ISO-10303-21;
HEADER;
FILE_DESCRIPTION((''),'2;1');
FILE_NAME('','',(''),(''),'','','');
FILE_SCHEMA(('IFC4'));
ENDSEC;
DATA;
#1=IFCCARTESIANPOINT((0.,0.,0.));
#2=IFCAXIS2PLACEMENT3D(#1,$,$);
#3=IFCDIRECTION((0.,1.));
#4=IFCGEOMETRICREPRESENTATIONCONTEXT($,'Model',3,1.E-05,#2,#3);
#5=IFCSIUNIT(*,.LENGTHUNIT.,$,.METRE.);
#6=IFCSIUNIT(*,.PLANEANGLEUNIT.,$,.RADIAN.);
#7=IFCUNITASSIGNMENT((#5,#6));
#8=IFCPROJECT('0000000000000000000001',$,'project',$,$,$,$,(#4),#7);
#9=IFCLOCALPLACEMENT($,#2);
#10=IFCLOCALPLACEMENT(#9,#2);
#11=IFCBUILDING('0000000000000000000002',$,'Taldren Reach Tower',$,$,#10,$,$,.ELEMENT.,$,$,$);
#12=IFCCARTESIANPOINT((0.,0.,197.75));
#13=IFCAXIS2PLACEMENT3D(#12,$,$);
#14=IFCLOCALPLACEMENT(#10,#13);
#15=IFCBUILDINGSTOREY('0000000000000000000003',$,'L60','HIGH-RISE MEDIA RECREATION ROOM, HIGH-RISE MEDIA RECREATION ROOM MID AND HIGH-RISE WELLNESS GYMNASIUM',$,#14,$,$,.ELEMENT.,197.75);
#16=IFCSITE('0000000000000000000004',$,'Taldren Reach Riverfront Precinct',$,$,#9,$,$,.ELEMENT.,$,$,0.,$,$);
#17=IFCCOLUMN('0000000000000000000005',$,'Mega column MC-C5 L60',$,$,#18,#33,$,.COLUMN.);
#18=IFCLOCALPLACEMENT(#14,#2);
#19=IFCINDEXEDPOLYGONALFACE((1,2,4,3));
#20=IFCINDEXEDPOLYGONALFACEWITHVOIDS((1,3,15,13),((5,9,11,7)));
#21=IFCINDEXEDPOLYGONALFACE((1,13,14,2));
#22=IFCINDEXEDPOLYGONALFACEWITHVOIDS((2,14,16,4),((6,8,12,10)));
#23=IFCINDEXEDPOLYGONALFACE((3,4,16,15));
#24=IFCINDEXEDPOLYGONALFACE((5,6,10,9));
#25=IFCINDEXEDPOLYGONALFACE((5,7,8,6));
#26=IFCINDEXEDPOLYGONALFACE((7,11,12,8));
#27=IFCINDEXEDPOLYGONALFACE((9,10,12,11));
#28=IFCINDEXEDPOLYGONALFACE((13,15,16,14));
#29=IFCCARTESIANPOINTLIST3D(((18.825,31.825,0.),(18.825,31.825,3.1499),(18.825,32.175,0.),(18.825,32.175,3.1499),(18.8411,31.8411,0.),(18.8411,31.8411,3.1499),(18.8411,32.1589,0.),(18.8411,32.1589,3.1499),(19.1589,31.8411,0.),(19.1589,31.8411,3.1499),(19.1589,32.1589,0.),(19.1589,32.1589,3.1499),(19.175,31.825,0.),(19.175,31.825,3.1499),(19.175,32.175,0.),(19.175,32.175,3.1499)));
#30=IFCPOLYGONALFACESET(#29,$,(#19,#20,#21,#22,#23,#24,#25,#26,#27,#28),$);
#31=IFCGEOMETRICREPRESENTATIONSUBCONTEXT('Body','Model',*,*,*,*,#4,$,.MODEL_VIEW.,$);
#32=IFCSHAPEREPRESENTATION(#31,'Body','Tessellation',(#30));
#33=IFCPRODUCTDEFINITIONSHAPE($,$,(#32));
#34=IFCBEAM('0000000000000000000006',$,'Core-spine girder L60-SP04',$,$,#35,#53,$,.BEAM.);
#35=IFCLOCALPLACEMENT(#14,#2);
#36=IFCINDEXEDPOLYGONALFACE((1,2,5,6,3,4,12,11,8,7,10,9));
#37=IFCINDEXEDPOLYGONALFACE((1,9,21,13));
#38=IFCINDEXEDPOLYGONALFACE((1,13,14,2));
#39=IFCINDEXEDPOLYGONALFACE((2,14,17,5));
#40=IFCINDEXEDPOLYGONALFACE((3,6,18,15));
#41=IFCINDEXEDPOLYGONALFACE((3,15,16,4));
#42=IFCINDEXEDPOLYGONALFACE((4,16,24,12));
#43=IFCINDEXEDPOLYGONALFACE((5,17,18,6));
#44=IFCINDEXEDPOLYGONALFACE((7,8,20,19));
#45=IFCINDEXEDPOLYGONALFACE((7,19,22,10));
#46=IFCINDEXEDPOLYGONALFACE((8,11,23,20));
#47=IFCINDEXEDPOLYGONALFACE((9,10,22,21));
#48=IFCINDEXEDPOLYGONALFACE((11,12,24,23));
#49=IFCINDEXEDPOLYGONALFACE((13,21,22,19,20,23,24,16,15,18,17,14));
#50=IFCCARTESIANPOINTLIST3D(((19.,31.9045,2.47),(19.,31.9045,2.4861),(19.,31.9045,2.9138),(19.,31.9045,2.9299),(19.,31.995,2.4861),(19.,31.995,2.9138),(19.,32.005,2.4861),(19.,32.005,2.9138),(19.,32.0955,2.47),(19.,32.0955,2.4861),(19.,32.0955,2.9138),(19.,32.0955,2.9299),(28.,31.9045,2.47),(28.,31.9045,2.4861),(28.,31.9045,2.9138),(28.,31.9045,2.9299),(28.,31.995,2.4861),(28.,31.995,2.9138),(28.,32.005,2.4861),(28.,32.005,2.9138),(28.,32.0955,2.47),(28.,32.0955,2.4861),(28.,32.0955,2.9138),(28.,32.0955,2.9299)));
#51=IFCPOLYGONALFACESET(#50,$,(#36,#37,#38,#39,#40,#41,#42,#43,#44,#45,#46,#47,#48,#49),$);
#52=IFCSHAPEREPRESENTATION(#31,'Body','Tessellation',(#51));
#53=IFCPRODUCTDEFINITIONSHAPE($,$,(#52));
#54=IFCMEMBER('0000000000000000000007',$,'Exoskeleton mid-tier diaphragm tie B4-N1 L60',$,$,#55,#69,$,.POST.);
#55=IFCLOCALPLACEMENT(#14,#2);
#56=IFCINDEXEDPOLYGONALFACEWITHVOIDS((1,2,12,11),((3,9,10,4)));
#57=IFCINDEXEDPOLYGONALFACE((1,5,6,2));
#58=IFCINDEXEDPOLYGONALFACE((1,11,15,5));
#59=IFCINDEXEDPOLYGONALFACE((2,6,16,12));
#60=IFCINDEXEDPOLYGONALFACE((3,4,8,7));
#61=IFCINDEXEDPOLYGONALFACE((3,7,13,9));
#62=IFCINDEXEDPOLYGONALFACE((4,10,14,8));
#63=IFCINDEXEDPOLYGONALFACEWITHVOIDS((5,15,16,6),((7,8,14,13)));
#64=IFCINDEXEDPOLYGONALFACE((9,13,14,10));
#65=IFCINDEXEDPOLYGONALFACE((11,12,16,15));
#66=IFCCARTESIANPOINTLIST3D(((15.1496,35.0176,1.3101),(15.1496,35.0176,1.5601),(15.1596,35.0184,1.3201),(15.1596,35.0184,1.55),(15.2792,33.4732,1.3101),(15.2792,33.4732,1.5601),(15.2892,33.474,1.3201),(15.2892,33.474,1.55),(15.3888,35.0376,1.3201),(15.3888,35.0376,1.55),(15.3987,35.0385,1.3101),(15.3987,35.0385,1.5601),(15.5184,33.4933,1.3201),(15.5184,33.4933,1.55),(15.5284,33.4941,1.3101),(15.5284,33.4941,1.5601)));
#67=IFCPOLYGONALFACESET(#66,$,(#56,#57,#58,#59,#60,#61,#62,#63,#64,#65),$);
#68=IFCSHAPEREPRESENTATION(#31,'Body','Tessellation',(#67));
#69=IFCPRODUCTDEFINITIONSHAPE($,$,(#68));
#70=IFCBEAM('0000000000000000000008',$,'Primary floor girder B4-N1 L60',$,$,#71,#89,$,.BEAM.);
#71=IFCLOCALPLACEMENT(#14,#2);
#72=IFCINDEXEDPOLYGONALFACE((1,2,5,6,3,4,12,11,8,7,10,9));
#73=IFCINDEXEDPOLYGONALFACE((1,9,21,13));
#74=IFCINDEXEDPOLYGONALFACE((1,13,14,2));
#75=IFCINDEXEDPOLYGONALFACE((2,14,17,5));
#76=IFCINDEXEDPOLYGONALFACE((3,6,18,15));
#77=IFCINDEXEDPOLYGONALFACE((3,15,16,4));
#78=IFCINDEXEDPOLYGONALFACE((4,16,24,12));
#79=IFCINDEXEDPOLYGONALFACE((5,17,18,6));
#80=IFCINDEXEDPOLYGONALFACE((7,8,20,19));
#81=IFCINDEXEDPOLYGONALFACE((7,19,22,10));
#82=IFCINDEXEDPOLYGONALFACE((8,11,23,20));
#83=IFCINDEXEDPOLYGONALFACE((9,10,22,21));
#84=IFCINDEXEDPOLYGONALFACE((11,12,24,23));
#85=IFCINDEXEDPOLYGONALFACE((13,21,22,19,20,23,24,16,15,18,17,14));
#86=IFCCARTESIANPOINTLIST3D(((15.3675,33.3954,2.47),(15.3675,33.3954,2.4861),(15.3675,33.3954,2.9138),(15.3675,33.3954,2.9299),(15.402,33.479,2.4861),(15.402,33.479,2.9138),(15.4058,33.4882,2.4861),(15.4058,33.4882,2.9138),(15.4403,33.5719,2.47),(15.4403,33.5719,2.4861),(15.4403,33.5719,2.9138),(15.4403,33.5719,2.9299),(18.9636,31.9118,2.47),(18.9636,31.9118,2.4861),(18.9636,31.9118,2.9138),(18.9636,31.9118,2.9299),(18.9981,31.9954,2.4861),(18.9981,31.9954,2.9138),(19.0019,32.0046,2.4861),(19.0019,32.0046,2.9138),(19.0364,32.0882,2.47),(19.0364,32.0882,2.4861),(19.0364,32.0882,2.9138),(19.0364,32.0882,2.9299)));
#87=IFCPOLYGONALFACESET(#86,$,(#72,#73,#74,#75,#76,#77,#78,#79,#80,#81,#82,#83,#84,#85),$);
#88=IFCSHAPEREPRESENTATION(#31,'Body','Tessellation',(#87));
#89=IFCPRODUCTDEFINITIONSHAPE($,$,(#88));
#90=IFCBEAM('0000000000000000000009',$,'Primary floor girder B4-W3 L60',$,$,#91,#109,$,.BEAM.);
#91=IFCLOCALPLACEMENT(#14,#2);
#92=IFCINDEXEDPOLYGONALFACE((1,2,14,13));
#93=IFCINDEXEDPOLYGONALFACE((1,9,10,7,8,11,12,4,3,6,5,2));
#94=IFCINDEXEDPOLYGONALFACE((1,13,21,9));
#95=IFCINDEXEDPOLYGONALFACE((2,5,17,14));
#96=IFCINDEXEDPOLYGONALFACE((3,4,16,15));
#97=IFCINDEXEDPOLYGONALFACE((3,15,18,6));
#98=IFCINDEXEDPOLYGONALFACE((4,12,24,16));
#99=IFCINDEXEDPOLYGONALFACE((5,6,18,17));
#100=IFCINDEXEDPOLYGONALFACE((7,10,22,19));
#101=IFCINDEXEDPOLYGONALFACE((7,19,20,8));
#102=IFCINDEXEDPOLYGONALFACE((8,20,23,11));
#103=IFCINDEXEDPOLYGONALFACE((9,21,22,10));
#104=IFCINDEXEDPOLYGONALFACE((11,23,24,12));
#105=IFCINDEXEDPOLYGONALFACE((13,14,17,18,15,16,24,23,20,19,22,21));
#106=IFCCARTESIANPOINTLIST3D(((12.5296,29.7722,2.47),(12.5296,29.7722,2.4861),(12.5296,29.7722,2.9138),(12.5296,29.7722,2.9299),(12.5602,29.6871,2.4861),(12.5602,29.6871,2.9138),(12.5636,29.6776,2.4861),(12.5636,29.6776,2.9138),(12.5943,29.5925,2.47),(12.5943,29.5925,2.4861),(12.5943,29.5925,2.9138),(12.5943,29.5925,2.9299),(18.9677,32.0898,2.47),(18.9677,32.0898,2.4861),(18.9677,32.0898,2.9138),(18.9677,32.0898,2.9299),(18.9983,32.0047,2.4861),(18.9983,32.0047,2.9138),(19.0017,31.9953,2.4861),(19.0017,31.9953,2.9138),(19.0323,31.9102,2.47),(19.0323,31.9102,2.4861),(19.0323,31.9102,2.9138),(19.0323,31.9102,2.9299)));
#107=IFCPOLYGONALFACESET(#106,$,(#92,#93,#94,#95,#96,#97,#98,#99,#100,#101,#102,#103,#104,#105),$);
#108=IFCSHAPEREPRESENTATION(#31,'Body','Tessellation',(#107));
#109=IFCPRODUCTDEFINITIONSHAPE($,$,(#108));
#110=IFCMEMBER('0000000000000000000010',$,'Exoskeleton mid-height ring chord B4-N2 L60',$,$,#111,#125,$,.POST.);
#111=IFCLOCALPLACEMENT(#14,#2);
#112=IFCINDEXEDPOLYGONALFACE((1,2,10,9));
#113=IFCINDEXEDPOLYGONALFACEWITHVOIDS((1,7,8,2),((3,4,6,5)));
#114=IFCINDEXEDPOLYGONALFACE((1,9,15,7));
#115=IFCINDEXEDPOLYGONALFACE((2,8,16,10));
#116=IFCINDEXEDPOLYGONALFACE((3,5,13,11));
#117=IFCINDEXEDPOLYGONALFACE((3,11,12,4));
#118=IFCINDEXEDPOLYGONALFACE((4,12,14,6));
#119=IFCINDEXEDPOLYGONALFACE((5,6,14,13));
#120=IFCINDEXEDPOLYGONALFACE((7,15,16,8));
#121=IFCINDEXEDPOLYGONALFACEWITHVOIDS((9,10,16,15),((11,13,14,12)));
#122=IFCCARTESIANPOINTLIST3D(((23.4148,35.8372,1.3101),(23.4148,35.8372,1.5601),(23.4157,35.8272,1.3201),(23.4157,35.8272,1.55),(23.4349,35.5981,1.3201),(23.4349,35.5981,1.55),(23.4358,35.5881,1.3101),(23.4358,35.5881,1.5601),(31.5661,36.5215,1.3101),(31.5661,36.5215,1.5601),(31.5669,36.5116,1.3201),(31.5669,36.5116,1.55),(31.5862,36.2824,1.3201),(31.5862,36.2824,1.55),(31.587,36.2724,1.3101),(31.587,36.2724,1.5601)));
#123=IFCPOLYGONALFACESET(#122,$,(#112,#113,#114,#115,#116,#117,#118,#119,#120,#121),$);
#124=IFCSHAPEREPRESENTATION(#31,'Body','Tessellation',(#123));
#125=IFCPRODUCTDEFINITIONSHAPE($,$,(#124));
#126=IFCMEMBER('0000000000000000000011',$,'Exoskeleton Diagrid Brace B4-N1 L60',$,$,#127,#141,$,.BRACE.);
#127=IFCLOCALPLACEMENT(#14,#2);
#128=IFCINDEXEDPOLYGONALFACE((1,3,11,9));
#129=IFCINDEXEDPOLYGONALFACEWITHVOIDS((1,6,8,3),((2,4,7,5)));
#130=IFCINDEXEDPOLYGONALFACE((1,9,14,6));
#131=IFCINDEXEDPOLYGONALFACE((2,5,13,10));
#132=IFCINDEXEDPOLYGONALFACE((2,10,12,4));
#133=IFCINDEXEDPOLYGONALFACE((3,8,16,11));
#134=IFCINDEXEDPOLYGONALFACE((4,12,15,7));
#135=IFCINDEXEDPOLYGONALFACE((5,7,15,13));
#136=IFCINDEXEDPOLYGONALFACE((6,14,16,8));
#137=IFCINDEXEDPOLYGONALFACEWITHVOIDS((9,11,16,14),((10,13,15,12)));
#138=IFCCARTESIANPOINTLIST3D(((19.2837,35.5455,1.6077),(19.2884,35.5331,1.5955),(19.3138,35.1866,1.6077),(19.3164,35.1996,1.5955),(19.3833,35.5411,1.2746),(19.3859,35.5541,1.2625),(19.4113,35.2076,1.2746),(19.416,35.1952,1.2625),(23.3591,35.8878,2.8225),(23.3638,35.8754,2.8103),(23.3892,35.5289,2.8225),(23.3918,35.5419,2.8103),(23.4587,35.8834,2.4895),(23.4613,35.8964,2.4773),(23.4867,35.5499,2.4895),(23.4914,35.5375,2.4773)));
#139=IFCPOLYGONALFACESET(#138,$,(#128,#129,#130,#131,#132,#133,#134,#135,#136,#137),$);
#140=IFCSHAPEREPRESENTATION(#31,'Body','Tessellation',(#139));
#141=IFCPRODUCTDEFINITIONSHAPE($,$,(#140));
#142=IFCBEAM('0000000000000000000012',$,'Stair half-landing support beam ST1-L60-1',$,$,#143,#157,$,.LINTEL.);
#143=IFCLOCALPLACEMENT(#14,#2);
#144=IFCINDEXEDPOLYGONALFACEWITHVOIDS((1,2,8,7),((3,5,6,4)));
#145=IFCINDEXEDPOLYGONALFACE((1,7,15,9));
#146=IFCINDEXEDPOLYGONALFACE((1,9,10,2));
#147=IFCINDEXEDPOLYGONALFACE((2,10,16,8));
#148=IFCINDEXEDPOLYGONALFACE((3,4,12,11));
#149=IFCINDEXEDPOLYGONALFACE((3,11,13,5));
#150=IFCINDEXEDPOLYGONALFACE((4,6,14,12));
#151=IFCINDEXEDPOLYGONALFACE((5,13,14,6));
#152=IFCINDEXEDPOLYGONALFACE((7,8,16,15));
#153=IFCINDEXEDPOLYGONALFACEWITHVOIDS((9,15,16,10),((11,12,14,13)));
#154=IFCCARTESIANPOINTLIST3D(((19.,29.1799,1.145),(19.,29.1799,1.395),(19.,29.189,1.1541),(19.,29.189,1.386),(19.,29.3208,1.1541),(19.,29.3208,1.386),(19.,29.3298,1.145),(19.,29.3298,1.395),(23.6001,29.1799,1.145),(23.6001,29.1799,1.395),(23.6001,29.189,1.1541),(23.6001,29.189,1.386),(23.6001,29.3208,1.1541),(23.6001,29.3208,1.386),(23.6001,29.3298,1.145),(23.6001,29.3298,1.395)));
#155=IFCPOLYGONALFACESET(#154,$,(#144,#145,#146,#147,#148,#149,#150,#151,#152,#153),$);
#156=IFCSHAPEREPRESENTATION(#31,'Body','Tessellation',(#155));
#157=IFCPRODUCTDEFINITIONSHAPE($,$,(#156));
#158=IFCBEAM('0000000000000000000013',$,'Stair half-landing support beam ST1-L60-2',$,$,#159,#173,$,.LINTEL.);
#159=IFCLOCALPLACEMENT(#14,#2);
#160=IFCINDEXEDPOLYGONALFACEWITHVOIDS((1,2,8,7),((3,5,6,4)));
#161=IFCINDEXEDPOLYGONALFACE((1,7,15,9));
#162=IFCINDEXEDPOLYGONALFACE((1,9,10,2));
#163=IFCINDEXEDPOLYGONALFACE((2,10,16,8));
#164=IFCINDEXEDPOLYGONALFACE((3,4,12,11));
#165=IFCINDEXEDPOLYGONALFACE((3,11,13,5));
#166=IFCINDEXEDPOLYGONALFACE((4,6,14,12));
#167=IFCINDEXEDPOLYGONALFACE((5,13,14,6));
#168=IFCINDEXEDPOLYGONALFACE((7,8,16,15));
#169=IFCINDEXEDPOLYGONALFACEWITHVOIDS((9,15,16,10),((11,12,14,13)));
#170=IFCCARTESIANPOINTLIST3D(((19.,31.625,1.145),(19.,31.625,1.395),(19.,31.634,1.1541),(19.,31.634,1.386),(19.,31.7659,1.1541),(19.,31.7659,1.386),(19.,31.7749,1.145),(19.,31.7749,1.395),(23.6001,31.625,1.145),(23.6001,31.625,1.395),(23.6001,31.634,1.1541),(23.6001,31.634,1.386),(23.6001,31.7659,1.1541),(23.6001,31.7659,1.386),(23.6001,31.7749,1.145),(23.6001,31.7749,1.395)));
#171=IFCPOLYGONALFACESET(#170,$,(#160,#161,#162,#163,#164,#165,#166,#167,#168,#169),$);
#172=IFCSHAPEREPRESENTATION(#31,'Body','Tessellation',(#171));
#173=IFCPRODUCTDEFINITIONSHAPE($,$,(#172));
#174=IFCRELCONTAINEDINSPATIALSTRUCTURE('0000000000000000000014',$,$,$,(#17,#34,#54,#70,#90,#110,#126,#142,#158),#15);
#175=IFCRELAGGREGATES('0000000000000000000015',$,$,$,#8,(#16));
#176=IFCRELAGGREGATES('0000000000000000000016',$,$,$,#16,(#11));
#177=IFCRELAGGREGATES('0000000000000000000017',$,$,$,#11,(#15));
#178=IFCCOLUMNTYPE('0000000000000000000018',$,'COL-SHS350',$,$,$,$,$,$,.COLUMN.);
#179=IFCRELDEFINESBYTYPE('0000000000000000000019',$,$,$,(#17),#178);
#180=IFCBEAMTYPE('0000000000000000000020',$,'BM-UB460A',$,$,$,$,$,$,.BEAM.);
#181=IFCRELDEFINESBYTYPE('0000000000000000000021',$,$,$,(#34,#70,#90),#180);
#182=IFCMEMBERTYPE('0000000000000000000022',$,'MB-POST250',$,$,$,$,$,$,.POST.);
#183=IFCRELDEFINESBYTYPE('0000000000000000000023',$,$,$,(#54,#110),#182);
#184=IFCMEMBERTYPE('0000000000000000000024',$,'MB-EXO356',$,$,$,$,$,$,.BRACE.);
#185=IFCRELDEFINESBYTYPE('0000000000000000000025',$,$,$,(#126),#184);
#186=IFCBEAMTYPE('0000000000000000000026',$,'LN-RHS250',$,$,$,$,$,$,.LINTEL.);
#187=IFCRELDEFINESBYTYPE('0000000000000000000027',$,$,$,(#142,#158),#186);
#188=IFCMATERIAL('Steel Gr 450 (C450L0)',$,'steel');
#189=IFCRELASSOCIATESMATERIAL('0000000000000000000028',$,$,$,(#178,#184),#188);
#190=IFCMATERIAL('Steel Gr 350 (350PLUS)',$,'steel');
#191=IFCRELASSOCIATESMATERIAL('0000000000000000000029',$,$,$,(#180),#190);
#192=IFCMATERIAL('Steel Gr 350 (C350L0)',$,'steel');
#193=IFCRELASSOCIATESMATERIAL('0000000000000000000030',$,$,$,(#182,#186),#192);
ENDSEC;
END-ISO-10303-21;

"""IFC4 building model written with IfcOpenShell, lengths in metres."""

from ifc_helpers import new_model, si_unit, direction, frame, origin, origin_2d, place, context, subcontext, project, spatial, hollow_rectangle, i_section, extrude, source, transform, mapped, material, material_profile, profile_set, type_object, element, save


model = new_model("IFC4")

# Units and contexts
model_context = context("Model", 3, precision=1e-05, world=origin(), true_north=direction((0.0, 1.0)))
body_context = subcontext(model_context, "Body", "Model", "MODEL_VIEW")
ifc_project = project(units=[si_unit("LENGTHUNIT", "METRE"), si_unit("PLANEANGLEUNIT", "RADIAN")], contexts=[model_context])

# Site, building, storey
site_placement = place(None, origin())
site = spatial("IfcSite", under=ifc_project, at=site_placement, Name="Taldren Reach Riverfront Precinct", CompositionType="ELEMENT", RefElevation=0.0)
building_placement = place(site_placement, origin())
building = spatial("IfcBuilding", under=site, at=building_placement, Name="Taldren Reach Tower", CompositionType="ELEMENT")
storey_placement = place(building_placement, frame((0.0, 0.0, 197.75)))
storey = spatial("IfcBuildingStorey", under=building, at=storey_placement, Name="L60", Description="HIGH-RISE MEDIA RECREATION ROOM, HIGH-RISE MEDIA RECREATION ROOM MID AND HIGH-RISE WELLNESS GYMNASIUM", CompositionType="ELEMENT", Elevation=197.75)

# Column
ifc_material_1 = material(Name="Steel Gr 450 (C450L0)", Category="steel")
ifc_material_profile_1 = material_profile(ifc_material_1, hollow_rectangle(XDim=0.3501, YDim=0.3501, WallThickness=0.0161, at=origin_2d()), Name="350x350x16.0SHS")
ifc_profile_set_1 = profile_set([ifc_material_profile_1], Name="Steel Gr 450 (C450L0)")
column_type = type_object("IfcColumnType", Name="COL-SHS350", PredefinedType="COLUMN", material=ifc_profile_set_1)
shared_shape_1 = source(origin(), body_context, "Body", "SweptSolid", [
    extrude(hollow_rectangle(XDim=0.3501, YDim=0.3501, WallThickness=0.0161, at=origin_2d()), origin(), (0.0, 0.0, 1.0), 3.1499),
])
column_placement = place(storey_placement, frame((19.0, 32.0, 0.0), z_axis=(0.0, 0.0, 1.0), x_axis=(1.0, 0.0, 0.0)))
element("IfcColumn", 1, at=column_placement, inside=storey, type_object=column_type, Name="Mega column MC-C5 L60", PredefinedType="COLUMN", context=body_context, shape_type="MappedRepresentation", body=[
    mapped(shared_shape_1, transform((0.0, 0.0, 0.0), scale=1.0)),
])

# Beam
ifc_material_2 = material(Name="Steel Gr 350 (350PLUS)", Category="steel")
ifc_material_profile_2 = material_profile(ifc_material_2, i_section(OverallWidth=0.1909, OverallDepth=0.46, WebThickness=0.01, FlangeThickness=0.0161, at=origin_2d()), Name="460UB82.1")
ifc_profile_set_2 = profile_set([ifc_material_profile_2], Name="Steel Gr 350 (350PLUS)")
beam_type_1 = type_object("IfcBeamType", Name="BM-UB460A", PredefinedType="BEAM", material=ifc_profile_set_2)
shared_shape_2 = source(origin(), body_context, "Body", "SweptSolid", [
    extrude(i_section(OverallWidth=0.1909, OverallDepth=0.46, WebThickness=0.01, FlangeThickness=0.0161, at=origin_2d()), origin(), (0.0, 0.0, 1.0), 9.0),
])
beam_1_placement = place(storey_placement, frame((19.0, 32.0, 2.7), z_axis=(1.0, 0.0, 0.0), x_axis=(0.0, 1.0, 0.0)))
element("IfcBeam", 2, at=beam_1_placement, inside=storey, type_object=beam_type_1, Name="Core-spine girder L60-SP04", PredefinedType="BEAM", context=body_context, shape_type="MappedRepresentation", body=[
    mapped(shared_shape_2, transform((0.0, 0.0, 0.0), scale=1.0)),
])

# Member
ifc_material_3 = material(Name="Steel Gr 350 (C350L0)", Category="steel")
ifc_material_profile_3 = material_profile(ifc_material_3, hollow_rectangle(XDim=0.25, YDim=0.25, WallThickness=0.01, at=origin_2d()), Name="250x250x10.0SHS")
ifc_profile_set_3 = profile_set([ifc_material_profile_3], Name="Steel Gr 350 (C350L0)")
member_type_1 = type_object("IfcMemberType", Name="MB-POST250", PredefinedType="POST", material=ifc_profile_set_3)
shared_shape_3 = source(origin(), body_context, "Body", "SweptSolid", [
    extrude(hollow_rectangle(XDim=0.25, YDim=0.25, WallThickness=0.01, at=origin_2d()), origin(), (0.0, 0.0, 1.0), 1.5498),
])
member_1_placement = place(storey_placement, frame((15.4038, 33.4836, 1.4351), z_axis=(-0.083645, 0.996496, 0.0), x_axis=(-0.996496, -0.083645, 0.0)))
element("IfcMember", 3, at=member_1_placement, inside=storey, type_object=member_type_1, Name="Exoskeleton mid-tier diaphragm tie B4-N1 L60", PredefinedType="POST", context=body_context, shape_type="MappedRepresentation", body=[
    mapped(shared_shape_3, transform((0.0, 0.0, 0.0), scale=1.0)),
])

# Beams
shared_shape_4 = source(origin(), body_context, "Body", "SweptSolid", [
    extrude(i_section(OverallWidth=0.1909, OverallDepth=0.46, WebThickness=0.01, FlangeThickness=0.0161, at=origin_2d()), origin(), (0.0, 0.0, 1.0), 3.8901),
])
beam_2_placement = place(storey_placement, frame((19.0, 32.0, 2.7), z_axis=(-0.924419, 0.381378, 0.0), x_axis=(-0.381378, -0.924419, 0.0)))
element("IfcBeam", 4, at=beam_2_placement, inside=storey, type_object=beam_type_1, Name="Primary floor girder B4-N1 L60", PredefinedType="BEAM", context=body_context, shape_type="MappedRepresentation", body=[
    mapped(shared_shape_4, transform((0.0, 0.0, 0.0), scale=1.0)),
])
shared_shape_5 = source(origin(), body_context, "Body", "SweptSolid", [
    extrude(i_section(OverallWidth=0.1909, OverallDepth=0.46, WebThickness=0.01, FlangeThickness=0.0161, at=origin_2d()), origin(), (0.0, 0.0, 1.0), 6.8425),
])
beam_3_placement = place(storey_placement, frame((19.0, 32.0, 2.7), z_axis=(-0.94089, -0.338713, 0.0), x_axis=(0.338713, -0.94089, 0.0)))
element("IfcBeam", 5, at=beam_3_placement, inside=storey, type_object=beam_type_1, Name="Primary floor girder B4-W3 L60", PredefinedType="BEAM", context=body_context, shape_type="MappedRepresentation", body=[
    mapped(shared_shape_5, transform((0.0, 0.0, 0.0), scale=1.0)),
])

# Members
shared_shape_6 = source(origin(), body_context, "Body", "SweptSolid", [
    extrude(hollow_rectangle(XDim=0.25, YDim=0.25, WallThickness=0.01, at=origin_2d()), origin(), (0.0, 0.0, 1.0), 8.1799),
])
member_2_placement = place(storey_placement, frame((23.4253, 35.7126, 1.4351), z_axis=(0.996495, 0.083658, 0.0), x_axis=(-0.083658, 0.996495, 0.0)))
element("IfcMember", 6, at=member_2_placement, inside=storey, type_object=member_type_1, Name="Exoskeleton mid-height ring chord B4-N2 L60", PredefinedType="POST", context=body_context, shape_type="MappedRepresentation", body=[
    mapped(shared_shape_6, transform((0.0, 0.0, 0.0), scale=1.0)),
])
ifc_material_profile_4 = material_profile(ifc_material_1, hollow_rectangle(XDim=0.3601, YDim=0.3601, WallThickness=0.0127, at=origin_2d()), Name="360x360x12.7SHS")
ifc_profile_set_4 = profile_set([ifc_material_profile_4], Name="Steel Gr 450 (C450L0)")
member_type_2 = type_object("IfcMemberType", Name="MB-EXO356", PredefinedType="BRACE", material=ifc_profile_set_4)
shared_shape_7 = source(origin(), body_context, "Body", "SweptSolid", [
    extrude(hollow_rectangle(XDim=0.3601, YDim=0.3601, WallThickness=0.0127, at=origin_2d()), origin(), (0.0, 0.0, 1.0), 4.2664),
])
member_3_placement = place(storey_placement, frame((19.3499, 35.3704, 1.4351), z_axis=(0.95524, 0.080228, 0.284746), x_axis=(-0.083693, 0.996492, 0.0)))
element("IfcMember", 7, at=member_3_placement, inside=storey, type_object=member_type_2, Name="Exoskeleton Diagrid Brace B4-N1 L60", PredefinedType="BRACE", context=body_context, shape_type="MappedRepresentation", body=[
    mapped(shared_shape_7, transform((0.0, 0.0, 0.0), scale=1.0)),
])

# Beams
ifc_material_profile_5 = material_profile(ifc_material_3, hollow_rectangle(XDim=0.1499, YDim=0.25, WallThickness=0.009, at=origin_2d()), Name="250x150x9.0RHS")
ifc_profile_set_5 = profile_set([ifc_material_profile_5], Name="Steel Gr 350 (C350L0)")
beam_type_2 = type_object("IfcBeamType", Name="LN-RHS250", PredefinedType="LINTEL", material=ifc_profile_set_5)
shared_shape_8 = source(origin(), body_context, "Body", "SweptSolid", [
    extrude(hollow_rectangle(XDim=0.1499, YDim=0.25, WallThickness=0.009, at=origin_2d()), origin(), (0.0, 0.0, 1.0), 4.6001),
])
for number, where, z_axis, x_axis, name in (
    (8, (19.0, 29.2549, 1.27), (1.0, 0.0, 0.0), (0.0, 1.0, 0.0), "Stair half-landing support beam ST1-L60-1"),
    (9, (19.0, 31.7, 1.27), (1.0, 0.0, 0.0), (0.0, 1.0, 0.0), "Stair half-landing support beam ST1-L60-2"),
):
    element("IfcBeam", number, at=place(storey_placement, frame(where, z_axis=z_axis, x_axis=x_axis)), inside=storey, type_object=beam_type_2, Name=name, PredefinedType="LINTEL", context=body_context, shape_type="MappedRepresentation", body=[
        mapped(shared_shape_8, transform((0.0, 0.0, 0.0), scale=1.0)),
    ])

save(model, "model.ifc")
